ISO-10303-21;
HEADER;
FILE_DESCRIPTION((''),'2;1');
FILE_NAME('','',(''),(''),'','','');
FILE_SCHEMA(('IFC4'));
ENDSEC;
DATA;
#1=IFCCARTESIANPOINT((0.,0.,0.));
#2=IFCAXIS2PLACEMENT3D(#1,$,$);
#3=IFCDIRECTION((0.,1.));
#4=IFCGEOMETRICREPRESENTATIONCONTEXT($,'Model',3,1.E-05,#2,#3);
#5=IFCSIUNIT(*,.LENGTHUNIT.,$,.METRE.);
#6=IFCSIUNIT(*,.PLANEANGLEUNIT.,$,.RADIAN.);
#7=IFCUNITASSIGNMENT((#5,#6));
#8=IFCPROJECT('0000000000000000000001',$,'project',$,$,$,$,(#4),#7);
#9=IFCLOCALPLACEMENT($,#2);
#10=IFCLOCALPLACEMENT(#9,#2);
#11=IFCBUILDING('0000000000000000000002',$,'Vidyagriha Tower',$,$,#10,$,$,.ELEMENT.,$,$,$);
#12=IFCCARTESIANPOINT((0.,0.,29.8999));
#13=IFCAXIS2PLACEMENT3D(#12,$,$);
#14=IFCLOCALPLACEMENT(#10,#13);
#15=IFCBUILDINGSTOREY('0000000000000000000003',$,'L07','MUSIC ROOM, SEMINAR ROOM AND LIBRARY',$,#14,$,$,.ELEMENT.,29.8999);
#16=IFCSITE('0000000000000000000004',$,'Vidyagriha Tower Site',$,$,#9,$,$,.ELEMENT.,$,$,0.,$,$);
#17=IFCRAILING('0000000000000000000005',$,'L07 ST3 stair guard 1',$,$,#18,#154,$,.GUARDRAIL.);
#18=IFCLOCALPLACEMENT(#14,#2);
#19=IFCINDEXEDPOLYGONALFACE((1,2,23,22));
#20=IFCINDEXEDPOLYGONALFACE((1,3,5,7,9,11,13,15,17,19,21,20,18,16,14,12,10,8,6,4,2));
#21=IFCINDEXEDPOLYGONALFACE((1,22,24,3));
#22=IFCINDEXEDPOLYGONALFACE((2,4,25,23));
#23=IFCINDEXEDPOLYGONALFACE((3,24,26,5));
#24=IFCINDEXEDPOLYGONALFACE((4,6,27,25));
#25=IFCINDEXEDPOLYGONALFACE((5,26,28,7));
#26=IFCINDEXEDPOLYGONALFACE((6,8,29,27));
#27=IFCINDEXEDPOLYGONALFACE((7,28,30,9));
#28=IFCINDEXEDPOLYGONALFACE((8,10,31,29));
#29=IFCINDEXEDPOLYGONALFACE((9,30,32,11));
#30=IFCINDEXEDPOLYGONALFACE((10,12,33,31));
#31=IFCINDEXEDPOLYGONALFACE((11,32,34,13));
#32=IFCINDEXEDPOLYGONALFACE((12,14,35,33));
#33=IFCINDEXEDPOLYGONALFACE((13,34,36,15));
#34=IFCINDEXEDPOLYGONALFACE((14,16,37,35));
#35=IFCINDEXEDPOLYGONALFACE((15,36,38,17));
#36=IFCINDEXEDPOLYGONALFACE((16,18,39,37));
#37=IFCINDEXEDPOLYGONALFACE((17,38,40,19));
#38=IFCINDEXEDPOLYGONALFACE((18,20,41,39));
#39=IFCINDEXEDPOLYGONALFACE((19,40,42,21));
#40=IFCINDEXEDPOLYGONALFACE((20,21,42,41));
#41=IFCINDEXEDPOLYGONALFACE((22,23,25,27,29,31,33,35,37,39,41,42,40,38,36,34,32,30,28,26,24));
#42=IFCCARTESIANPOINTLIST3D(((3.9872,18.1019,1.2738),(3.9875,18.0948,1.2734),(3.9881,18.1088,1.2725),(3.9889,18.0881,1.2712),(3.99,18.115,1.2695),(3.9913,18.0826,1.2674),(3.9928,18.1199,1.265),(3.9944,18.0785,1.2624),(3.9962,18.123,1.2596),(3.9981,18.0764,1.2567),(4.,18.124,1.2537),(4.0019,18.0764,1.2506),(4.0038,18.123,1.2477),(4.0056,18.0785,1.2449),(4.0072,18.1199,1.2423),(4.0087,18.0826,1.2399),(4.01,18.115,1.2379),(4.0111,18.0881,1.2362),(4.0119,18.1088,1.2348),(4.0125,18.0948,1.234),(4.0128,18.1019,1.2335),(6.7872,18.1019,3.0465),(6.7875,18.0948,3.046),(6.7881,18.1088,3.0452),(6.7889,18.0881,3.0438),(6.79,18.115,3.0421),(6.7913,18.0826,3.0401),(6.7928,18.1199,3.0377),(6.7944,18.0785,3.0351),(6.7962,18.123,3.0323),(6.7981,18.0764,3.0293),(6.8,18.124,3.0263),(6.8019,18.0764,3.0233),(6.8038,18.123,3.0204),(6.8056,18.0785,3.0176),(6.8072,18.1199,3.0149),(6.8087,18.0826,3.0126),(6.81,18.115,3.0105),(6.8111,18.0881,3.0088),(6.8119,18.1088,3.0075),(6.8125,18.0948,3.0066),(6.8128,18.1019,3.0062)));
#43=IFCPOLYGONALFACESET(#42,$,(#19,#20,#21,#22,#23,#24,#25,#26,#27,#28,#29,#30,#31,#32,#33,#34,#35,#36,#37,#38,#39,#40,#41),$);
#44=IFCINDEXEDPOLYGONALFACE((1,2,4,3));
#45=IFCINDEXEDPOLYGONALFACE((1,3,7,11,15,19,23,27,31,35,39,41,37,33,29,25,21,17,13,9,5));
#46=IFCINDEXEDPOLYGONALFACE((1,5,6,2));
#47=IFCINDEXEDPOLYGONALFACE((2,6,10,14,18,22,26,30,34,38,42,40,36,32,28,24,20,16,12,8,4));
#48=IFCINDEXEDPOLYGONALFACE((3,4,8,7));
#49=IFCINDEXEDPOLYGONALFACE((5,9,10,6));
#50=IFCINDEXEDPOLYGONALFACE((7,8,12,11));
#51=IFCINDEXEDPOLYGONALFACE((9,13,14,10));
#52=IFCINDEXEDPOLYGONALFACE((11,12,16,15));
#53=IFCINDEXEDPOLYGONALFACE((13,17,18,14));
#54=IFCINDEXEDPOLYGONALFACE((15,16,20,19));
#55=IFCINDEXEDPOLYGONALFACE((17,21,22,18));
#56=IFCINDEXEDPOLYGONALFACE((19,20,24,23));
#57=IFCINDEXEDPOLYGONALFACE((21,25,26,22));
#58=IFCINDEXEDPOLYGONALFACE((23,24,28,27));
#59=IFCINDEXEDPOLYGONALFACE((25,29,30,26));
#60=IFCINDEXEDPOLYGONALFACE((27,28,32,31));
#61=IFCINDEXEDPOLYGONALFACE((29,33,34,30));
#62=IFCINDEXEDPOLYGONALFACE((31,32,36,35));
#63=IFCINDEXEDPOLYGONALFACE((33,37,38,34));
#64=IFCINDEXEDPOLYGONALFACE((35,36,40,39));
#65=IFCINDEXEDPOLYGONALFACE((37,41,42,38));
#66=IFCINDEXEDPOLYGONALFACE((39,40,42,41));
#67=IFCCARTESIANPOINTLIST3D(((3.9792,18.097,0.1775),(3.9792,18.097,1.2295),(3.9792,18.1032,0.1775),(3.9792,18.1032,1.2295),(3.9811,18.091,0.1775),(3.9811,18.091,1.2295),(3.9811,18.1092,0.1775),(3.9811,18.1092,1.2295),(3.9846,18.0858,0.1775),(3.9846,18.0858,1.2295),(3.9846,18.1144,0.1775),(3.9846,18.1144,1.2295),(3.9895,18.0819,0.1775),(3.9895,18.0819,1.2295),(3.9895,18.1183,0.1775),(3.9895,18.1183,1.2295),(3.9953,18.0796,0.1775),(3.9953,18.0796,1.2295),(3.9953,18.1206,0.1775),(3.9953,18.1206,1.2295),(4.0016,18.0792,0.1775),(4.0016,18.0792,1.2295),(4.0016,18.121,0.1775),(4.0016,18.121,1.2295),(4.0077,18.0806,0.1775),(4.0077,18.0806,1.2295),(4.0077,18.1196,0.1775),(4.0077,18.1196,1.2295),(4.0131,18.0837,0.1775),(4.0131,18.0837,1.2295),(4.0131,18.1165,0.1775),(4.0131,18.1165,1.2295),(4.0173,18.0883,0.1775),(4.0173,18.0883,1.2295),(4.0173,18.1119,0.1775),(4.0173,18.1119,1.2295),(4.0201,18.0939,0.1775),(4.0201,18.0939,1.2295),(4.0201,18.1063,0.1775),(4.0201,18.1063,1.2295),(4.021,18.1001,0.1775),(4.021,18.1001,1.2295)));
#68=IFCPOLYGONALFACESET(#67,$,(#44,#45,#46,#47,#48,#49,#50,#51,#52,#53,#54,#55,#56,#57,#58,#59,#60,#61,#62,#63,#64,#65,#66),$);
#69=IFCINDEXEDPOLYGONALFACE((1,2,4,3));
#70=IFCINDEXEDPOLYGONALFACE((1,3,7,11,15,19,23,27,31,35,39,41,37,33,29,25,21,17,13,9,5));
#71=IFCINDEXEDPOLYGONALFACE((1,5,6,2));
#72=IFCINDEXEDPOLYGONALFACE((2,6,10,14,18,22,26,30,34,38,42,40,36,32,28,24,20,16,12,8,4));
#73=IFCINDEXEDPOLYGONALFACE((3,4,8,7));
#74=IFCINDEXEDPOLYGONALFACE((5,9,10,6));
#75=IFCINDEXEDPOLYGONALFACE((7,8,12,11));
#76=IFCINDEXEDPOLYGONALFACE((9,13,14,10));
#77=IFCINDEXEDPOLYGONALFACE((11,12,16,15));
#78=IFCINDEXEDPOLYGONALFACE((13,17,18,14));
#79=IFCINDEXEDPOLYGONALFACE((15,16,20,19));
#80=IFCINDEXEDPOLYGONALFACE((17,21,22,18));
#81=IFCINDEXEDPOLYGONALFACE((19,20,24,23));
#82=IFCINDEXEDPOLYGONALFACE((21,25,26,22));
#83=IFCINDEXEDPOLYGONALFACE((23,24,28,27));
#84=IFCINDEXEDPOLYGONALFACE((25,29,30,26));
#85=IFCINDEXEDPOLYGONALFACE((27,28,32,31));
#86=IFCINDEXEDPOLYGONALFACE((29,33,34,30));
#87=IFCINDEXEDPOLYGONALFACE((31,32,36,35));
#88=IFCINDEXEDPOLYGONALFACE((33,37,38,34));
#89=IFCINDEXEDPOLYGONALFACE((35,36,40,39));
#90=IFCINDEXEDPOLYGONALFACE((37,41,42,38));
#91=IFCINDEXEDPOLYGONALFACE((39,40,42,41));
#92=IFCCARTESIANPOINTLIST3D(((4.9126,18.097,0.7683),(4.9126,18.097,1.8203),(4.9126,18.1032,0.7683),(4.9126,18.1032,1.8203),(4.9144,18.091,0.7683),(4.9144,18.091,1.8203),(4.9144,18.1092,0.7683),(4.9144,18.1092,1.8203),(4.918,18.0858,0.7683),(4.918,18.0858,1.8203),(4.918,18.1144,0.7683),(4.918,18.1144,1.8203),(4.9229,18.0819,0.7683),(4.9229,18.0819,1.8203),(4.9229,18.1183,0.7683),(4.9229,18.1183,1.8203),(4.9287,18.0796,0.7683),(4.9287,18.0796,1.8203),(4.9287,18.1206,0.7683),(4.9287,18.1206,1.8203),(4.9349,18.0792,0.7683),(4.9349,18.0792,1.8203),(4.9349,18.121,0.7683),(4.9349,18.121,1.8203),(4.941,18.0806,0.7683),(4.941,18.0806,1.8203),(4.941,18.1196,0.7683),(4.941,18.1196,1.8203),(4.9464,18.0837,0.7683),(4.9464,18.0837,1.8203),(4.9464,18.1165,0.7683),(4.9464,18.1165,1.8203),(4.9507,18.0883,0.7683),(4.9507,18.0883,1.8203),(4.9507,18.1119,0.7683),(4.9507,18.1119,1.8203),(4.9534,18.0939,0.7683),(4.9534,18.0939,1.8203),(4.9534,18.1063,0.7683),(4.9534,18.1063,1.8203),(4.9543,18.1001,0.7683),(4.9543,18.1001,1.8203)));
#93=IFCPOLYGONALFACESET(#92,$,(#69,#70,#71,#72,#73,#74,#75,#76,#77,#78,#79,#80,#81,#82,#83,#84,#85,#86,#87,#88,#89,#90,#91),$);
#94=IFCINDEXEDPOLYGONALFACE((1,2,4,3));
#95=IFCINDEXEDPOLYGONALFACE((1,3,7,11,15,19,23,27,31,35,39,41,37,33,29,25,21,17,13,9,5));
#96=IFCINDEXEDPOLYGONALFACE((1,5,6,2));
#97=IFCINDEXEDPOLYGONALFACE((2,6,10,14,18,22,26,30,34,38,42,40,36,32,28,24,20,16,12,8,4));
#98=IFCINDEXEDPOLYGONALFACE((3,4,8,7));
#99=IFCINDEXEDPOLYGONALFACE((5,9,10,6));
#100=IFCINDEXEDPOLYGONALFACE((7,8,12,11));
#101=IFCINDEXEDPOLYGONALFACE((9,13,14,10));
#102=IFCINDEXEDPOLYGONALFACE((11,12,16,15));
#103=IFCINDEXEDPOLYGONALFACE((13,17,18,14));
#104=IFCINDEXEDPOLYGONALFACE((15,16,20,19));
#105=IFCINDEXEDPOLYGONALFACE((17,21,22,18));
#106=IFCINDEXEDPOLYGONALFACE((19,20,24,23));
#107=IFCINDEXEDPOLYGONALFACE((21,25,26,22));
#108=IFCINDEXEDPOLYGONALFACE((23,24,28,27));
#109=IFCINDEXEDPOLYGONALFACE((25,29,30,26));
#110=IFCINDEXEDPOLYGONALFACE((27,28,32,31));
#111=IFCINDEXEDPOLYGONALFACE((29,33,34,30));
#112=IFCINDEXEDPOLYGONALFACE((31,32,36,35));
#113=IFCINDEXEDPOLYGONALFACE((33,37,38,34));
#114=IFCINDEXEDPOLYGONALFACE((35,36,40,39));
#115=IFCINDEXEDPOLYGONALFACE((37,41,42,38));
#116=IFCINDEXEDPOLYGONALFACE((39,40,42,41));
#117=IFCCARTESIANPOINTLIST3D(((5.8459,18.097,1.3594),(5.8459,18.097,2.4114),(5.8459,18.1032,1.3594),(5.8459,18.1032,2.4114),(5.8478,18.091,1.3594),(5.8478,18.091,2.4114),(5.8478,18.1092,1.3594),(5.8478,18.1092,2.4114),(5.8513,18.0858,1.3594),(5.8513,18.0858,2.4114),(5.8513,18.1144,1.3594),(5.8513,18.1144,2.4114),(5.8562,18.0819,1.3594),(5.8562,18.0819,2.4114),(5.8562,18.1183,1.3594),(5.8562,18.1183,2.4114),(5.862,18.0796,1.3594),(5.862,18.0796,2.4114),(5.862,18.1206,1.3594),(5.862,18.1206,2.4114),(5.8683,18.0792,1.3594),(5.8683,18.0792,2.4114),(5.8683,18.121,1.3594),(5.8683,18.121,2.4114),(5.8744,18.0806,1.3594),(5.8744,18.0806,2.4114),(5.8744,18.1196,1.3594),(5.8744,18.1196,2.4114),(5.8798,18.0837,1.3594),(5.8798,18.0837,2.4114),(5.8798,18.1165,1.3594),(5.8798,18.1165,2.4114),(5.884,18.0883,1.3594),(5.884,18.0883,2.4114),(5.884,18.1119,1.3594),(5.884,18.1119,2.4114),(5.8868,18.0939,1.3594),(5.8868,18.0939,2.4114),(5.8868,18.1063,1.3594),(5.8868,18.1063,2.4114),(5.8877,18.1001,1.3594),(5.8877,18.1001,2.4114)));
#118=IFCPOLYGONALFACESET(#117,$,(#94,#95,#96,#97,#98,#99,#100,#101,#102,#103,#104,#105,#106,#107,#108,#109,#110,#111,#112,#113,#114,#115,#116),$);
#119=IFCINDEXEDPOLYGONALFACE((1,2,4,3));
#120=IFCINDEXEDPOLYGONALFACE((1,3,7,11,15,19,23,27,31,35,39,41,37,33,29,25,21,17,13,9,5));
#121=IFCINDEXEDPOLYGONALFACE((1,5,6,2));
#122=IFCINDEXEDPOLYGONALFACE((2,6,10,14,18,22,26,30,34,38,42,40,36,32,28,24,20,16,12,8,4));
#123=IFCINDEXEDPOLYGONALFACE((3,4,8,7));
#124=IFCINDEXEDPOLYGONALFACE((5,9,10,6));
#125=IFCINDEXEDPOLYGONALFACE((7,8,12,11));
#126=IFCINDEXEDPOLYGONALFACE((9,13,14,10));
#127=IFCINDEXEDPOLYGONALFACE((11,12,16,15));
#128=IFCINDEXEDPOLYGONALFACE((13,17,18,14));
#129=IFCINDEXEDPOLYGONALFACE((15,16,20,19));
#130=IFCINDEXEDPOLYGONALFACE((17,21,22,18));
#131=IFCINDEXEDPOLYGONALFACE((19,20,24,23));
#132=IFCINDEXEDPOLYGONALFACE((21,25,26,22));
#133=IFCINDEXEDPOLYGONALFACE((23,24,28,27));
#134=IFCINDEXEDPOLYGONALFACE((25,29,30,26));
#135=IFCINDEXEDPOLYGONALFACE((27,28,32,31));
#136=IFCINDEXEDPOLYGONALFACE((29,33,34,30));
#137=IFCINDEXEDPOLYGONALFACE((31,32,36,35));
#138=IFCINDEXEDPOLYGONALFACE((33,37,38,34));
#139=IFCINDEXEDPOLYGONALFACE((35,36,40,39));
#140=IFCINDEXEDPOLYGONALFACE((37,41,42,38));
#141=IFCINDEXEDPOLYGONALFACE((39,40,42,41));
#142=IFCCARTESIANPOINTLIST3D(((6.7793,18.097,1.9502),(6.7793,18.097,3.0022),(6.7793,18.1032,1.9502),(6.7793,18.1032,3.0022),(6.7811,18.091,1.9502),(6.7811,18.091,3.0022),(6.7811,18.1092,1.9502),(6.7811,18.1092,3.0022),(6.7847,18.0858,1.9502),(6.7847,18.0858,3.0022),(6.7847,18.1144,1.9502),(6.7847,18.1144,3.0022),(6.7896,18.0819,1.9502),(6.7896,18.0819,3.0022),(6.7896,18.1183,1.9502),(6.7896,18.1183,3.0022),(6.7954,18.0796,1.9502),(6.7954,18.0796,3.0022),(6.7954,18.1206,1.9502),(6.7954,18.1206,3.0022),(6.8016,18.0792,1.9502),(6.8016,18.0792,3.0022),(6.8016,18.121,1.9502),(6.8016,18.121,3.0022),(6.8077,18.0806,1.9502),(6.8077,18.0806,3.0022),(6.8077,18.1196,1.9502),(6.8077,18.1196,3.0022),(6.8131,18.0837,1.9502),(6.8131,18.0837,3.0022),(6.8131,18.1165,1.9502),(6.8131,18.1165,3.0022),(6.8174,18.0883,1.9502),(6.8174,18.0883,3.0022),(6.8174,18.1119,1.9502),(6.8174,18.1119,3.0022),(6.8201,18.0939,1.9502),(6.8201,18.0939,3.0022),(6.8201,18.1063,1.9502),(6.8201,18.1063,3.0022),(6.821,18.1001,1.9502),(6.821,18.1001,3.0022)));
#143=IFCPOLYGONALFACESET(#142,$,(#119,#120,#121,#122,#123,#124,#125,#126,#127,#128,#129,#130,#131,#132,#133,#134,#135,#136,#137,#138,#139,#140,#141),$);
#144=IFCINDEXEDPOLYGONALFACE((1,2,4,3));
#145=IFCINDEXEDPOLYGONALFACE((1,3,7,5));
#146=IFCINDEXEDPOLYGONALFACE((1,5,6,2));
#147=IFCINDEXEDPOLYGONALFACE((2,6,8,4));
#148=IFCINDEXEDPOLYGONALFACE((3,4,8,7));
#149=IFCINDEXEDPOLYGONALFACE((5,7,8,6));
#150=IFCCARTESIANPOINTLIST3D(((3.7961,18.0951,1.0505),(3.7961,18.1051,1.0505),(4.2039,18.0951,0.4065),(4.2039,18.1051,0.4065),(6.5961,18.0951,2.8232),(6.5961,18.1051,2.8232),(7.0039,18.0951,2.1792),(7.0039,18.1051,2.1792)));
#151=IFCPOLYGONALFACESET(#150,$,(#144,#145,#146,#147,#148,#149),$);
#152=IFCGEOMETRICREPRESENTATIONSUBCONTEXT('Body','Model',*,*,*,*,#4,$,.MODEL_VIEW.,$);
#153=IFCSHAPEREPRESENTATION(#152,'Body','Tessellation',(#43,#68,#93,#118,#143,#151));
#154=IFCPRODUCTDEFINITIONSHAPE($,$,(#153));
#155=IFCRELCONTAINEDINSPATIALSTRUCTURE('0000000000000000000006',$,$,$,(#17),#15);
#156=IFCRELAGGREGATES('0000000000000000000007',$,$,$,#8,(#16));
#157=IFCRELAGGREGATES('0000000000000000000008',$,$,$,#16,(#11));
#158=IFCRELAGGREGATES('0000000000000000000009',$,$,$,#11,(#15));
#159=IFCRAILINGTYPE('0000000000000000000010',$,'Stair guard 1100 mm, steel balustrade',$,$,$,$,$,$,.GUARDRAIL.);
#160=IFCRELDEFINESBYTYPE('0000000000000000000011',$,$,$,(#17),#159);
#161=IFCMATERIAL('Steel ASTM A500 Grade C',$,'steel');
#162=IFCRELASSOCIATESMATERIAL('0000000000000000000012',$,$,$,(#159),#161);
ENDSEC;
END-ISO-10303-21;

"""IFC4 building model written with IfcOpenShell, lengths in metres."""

from ifc_helpers import new_model, si_unit, direction, frame, origin, origin_2d, place, context, subcontext, project, spatial, rectangle, circle, extrude, material, type_object, element, save


model = new_model("IFC4")

# Units and contexts
model_context = context("Model", 3, precision=1e-05, world=origin(), true_north=direction((0.0, 1.0)))
body_context = subcontext(model_context, "Body", "Model", "MODEL_VIEW")
ifc_project = project(units=[si_unit("LENGTHUNIT", "METRE"), si_unit("PLANEANGLEUNIT", "RADIAN")], contexts=[model_context])

# Site, building, storey
site_placement = place(None, origin())
site = spatial("IfcSite", under=ifc_project, at=site_placement, Name="Vidyagriha Tower Site", CompositionType="ELEMENT", RefElevation=0.0)
building_placement = place(site_placement, origin())
building = spatial("IfcBuilding", under=site, at=building_placement, Name="Vidyagriha Tower", CompositionType="ELEMENT")
storey_placement = place(building_placement, frame((0.0, 0.0, 29.8999)))
storey = spatial("IfcBuildingStorey", under=building, at=storey_placement, Name="L07", Description="MUSIC ROOM, SEMINAR ROOM AND LIBRARY", CompositionType="ELEMENT", Elevation=29.8999)

# Railing
ifc_material_1 = material(Name="Steel ASTM A500 Grade C", Category="steel")
railing_type_1 = type_object("IfcRailingType", Name="Stair guard 1100 mm, steel balustrade", PredefinedType="GUARDRAIL", material=ifc_material_1)
railing_1_placement = place(storey_placement, frame((4.0, 18.1001, 0.1775)))
element("IfcRailing", 1, at=railing_1_placement, inside=storey, type_object=railing_type_1, Name="L07 ST3 stair guard 1", PredefinedType="GUARDRAIL", context=body_context, shape_type="SweptSolid", body=[
    extrude(circle(Radius=0.0239, at=origin_2d()), frame((0.0, 0.0, 1.0762), z_axis=(0.844909, 0.0, 0.53491), x_axis=(0.0, 1.0, 0.0)), (0.0, 0.0, 1.0), 3.314),
    extrude(circle(Radius=0.021, at=origin_2d()), origin(), (0.0, 0.0, 1.0), 1.052),
    extrude(circle(Radius=0.021, at=origin_2d()), frame((0.9333, 0.0, 0.5908)), (0.0, 0.0, 1.0), 1.052),
    extrude(circle(Radius=0.021, at=origin_2d()), frame((1.8667, 0.0, 1.1819)), (0.0, 0.0, 1.0), 1.052),
    extrude(circle(Radius=0.021, at=origin_2d()), frame((2.8, 0.0, 1.7727)), (0.0, 0.0, 1.0), 1.052),
    extrude(rectangle(XDim=0.01, YDim=0.7622, at=origin_2d()), frame((0.0, 0.0, 0.551), z_axis=(0.844909, 0.0, 0.53491), x_axis=(0.0, 1.0, 0.0)), (0.0, 0.0, 1.0), 3.314),
])

save(model, "model.ifc")
